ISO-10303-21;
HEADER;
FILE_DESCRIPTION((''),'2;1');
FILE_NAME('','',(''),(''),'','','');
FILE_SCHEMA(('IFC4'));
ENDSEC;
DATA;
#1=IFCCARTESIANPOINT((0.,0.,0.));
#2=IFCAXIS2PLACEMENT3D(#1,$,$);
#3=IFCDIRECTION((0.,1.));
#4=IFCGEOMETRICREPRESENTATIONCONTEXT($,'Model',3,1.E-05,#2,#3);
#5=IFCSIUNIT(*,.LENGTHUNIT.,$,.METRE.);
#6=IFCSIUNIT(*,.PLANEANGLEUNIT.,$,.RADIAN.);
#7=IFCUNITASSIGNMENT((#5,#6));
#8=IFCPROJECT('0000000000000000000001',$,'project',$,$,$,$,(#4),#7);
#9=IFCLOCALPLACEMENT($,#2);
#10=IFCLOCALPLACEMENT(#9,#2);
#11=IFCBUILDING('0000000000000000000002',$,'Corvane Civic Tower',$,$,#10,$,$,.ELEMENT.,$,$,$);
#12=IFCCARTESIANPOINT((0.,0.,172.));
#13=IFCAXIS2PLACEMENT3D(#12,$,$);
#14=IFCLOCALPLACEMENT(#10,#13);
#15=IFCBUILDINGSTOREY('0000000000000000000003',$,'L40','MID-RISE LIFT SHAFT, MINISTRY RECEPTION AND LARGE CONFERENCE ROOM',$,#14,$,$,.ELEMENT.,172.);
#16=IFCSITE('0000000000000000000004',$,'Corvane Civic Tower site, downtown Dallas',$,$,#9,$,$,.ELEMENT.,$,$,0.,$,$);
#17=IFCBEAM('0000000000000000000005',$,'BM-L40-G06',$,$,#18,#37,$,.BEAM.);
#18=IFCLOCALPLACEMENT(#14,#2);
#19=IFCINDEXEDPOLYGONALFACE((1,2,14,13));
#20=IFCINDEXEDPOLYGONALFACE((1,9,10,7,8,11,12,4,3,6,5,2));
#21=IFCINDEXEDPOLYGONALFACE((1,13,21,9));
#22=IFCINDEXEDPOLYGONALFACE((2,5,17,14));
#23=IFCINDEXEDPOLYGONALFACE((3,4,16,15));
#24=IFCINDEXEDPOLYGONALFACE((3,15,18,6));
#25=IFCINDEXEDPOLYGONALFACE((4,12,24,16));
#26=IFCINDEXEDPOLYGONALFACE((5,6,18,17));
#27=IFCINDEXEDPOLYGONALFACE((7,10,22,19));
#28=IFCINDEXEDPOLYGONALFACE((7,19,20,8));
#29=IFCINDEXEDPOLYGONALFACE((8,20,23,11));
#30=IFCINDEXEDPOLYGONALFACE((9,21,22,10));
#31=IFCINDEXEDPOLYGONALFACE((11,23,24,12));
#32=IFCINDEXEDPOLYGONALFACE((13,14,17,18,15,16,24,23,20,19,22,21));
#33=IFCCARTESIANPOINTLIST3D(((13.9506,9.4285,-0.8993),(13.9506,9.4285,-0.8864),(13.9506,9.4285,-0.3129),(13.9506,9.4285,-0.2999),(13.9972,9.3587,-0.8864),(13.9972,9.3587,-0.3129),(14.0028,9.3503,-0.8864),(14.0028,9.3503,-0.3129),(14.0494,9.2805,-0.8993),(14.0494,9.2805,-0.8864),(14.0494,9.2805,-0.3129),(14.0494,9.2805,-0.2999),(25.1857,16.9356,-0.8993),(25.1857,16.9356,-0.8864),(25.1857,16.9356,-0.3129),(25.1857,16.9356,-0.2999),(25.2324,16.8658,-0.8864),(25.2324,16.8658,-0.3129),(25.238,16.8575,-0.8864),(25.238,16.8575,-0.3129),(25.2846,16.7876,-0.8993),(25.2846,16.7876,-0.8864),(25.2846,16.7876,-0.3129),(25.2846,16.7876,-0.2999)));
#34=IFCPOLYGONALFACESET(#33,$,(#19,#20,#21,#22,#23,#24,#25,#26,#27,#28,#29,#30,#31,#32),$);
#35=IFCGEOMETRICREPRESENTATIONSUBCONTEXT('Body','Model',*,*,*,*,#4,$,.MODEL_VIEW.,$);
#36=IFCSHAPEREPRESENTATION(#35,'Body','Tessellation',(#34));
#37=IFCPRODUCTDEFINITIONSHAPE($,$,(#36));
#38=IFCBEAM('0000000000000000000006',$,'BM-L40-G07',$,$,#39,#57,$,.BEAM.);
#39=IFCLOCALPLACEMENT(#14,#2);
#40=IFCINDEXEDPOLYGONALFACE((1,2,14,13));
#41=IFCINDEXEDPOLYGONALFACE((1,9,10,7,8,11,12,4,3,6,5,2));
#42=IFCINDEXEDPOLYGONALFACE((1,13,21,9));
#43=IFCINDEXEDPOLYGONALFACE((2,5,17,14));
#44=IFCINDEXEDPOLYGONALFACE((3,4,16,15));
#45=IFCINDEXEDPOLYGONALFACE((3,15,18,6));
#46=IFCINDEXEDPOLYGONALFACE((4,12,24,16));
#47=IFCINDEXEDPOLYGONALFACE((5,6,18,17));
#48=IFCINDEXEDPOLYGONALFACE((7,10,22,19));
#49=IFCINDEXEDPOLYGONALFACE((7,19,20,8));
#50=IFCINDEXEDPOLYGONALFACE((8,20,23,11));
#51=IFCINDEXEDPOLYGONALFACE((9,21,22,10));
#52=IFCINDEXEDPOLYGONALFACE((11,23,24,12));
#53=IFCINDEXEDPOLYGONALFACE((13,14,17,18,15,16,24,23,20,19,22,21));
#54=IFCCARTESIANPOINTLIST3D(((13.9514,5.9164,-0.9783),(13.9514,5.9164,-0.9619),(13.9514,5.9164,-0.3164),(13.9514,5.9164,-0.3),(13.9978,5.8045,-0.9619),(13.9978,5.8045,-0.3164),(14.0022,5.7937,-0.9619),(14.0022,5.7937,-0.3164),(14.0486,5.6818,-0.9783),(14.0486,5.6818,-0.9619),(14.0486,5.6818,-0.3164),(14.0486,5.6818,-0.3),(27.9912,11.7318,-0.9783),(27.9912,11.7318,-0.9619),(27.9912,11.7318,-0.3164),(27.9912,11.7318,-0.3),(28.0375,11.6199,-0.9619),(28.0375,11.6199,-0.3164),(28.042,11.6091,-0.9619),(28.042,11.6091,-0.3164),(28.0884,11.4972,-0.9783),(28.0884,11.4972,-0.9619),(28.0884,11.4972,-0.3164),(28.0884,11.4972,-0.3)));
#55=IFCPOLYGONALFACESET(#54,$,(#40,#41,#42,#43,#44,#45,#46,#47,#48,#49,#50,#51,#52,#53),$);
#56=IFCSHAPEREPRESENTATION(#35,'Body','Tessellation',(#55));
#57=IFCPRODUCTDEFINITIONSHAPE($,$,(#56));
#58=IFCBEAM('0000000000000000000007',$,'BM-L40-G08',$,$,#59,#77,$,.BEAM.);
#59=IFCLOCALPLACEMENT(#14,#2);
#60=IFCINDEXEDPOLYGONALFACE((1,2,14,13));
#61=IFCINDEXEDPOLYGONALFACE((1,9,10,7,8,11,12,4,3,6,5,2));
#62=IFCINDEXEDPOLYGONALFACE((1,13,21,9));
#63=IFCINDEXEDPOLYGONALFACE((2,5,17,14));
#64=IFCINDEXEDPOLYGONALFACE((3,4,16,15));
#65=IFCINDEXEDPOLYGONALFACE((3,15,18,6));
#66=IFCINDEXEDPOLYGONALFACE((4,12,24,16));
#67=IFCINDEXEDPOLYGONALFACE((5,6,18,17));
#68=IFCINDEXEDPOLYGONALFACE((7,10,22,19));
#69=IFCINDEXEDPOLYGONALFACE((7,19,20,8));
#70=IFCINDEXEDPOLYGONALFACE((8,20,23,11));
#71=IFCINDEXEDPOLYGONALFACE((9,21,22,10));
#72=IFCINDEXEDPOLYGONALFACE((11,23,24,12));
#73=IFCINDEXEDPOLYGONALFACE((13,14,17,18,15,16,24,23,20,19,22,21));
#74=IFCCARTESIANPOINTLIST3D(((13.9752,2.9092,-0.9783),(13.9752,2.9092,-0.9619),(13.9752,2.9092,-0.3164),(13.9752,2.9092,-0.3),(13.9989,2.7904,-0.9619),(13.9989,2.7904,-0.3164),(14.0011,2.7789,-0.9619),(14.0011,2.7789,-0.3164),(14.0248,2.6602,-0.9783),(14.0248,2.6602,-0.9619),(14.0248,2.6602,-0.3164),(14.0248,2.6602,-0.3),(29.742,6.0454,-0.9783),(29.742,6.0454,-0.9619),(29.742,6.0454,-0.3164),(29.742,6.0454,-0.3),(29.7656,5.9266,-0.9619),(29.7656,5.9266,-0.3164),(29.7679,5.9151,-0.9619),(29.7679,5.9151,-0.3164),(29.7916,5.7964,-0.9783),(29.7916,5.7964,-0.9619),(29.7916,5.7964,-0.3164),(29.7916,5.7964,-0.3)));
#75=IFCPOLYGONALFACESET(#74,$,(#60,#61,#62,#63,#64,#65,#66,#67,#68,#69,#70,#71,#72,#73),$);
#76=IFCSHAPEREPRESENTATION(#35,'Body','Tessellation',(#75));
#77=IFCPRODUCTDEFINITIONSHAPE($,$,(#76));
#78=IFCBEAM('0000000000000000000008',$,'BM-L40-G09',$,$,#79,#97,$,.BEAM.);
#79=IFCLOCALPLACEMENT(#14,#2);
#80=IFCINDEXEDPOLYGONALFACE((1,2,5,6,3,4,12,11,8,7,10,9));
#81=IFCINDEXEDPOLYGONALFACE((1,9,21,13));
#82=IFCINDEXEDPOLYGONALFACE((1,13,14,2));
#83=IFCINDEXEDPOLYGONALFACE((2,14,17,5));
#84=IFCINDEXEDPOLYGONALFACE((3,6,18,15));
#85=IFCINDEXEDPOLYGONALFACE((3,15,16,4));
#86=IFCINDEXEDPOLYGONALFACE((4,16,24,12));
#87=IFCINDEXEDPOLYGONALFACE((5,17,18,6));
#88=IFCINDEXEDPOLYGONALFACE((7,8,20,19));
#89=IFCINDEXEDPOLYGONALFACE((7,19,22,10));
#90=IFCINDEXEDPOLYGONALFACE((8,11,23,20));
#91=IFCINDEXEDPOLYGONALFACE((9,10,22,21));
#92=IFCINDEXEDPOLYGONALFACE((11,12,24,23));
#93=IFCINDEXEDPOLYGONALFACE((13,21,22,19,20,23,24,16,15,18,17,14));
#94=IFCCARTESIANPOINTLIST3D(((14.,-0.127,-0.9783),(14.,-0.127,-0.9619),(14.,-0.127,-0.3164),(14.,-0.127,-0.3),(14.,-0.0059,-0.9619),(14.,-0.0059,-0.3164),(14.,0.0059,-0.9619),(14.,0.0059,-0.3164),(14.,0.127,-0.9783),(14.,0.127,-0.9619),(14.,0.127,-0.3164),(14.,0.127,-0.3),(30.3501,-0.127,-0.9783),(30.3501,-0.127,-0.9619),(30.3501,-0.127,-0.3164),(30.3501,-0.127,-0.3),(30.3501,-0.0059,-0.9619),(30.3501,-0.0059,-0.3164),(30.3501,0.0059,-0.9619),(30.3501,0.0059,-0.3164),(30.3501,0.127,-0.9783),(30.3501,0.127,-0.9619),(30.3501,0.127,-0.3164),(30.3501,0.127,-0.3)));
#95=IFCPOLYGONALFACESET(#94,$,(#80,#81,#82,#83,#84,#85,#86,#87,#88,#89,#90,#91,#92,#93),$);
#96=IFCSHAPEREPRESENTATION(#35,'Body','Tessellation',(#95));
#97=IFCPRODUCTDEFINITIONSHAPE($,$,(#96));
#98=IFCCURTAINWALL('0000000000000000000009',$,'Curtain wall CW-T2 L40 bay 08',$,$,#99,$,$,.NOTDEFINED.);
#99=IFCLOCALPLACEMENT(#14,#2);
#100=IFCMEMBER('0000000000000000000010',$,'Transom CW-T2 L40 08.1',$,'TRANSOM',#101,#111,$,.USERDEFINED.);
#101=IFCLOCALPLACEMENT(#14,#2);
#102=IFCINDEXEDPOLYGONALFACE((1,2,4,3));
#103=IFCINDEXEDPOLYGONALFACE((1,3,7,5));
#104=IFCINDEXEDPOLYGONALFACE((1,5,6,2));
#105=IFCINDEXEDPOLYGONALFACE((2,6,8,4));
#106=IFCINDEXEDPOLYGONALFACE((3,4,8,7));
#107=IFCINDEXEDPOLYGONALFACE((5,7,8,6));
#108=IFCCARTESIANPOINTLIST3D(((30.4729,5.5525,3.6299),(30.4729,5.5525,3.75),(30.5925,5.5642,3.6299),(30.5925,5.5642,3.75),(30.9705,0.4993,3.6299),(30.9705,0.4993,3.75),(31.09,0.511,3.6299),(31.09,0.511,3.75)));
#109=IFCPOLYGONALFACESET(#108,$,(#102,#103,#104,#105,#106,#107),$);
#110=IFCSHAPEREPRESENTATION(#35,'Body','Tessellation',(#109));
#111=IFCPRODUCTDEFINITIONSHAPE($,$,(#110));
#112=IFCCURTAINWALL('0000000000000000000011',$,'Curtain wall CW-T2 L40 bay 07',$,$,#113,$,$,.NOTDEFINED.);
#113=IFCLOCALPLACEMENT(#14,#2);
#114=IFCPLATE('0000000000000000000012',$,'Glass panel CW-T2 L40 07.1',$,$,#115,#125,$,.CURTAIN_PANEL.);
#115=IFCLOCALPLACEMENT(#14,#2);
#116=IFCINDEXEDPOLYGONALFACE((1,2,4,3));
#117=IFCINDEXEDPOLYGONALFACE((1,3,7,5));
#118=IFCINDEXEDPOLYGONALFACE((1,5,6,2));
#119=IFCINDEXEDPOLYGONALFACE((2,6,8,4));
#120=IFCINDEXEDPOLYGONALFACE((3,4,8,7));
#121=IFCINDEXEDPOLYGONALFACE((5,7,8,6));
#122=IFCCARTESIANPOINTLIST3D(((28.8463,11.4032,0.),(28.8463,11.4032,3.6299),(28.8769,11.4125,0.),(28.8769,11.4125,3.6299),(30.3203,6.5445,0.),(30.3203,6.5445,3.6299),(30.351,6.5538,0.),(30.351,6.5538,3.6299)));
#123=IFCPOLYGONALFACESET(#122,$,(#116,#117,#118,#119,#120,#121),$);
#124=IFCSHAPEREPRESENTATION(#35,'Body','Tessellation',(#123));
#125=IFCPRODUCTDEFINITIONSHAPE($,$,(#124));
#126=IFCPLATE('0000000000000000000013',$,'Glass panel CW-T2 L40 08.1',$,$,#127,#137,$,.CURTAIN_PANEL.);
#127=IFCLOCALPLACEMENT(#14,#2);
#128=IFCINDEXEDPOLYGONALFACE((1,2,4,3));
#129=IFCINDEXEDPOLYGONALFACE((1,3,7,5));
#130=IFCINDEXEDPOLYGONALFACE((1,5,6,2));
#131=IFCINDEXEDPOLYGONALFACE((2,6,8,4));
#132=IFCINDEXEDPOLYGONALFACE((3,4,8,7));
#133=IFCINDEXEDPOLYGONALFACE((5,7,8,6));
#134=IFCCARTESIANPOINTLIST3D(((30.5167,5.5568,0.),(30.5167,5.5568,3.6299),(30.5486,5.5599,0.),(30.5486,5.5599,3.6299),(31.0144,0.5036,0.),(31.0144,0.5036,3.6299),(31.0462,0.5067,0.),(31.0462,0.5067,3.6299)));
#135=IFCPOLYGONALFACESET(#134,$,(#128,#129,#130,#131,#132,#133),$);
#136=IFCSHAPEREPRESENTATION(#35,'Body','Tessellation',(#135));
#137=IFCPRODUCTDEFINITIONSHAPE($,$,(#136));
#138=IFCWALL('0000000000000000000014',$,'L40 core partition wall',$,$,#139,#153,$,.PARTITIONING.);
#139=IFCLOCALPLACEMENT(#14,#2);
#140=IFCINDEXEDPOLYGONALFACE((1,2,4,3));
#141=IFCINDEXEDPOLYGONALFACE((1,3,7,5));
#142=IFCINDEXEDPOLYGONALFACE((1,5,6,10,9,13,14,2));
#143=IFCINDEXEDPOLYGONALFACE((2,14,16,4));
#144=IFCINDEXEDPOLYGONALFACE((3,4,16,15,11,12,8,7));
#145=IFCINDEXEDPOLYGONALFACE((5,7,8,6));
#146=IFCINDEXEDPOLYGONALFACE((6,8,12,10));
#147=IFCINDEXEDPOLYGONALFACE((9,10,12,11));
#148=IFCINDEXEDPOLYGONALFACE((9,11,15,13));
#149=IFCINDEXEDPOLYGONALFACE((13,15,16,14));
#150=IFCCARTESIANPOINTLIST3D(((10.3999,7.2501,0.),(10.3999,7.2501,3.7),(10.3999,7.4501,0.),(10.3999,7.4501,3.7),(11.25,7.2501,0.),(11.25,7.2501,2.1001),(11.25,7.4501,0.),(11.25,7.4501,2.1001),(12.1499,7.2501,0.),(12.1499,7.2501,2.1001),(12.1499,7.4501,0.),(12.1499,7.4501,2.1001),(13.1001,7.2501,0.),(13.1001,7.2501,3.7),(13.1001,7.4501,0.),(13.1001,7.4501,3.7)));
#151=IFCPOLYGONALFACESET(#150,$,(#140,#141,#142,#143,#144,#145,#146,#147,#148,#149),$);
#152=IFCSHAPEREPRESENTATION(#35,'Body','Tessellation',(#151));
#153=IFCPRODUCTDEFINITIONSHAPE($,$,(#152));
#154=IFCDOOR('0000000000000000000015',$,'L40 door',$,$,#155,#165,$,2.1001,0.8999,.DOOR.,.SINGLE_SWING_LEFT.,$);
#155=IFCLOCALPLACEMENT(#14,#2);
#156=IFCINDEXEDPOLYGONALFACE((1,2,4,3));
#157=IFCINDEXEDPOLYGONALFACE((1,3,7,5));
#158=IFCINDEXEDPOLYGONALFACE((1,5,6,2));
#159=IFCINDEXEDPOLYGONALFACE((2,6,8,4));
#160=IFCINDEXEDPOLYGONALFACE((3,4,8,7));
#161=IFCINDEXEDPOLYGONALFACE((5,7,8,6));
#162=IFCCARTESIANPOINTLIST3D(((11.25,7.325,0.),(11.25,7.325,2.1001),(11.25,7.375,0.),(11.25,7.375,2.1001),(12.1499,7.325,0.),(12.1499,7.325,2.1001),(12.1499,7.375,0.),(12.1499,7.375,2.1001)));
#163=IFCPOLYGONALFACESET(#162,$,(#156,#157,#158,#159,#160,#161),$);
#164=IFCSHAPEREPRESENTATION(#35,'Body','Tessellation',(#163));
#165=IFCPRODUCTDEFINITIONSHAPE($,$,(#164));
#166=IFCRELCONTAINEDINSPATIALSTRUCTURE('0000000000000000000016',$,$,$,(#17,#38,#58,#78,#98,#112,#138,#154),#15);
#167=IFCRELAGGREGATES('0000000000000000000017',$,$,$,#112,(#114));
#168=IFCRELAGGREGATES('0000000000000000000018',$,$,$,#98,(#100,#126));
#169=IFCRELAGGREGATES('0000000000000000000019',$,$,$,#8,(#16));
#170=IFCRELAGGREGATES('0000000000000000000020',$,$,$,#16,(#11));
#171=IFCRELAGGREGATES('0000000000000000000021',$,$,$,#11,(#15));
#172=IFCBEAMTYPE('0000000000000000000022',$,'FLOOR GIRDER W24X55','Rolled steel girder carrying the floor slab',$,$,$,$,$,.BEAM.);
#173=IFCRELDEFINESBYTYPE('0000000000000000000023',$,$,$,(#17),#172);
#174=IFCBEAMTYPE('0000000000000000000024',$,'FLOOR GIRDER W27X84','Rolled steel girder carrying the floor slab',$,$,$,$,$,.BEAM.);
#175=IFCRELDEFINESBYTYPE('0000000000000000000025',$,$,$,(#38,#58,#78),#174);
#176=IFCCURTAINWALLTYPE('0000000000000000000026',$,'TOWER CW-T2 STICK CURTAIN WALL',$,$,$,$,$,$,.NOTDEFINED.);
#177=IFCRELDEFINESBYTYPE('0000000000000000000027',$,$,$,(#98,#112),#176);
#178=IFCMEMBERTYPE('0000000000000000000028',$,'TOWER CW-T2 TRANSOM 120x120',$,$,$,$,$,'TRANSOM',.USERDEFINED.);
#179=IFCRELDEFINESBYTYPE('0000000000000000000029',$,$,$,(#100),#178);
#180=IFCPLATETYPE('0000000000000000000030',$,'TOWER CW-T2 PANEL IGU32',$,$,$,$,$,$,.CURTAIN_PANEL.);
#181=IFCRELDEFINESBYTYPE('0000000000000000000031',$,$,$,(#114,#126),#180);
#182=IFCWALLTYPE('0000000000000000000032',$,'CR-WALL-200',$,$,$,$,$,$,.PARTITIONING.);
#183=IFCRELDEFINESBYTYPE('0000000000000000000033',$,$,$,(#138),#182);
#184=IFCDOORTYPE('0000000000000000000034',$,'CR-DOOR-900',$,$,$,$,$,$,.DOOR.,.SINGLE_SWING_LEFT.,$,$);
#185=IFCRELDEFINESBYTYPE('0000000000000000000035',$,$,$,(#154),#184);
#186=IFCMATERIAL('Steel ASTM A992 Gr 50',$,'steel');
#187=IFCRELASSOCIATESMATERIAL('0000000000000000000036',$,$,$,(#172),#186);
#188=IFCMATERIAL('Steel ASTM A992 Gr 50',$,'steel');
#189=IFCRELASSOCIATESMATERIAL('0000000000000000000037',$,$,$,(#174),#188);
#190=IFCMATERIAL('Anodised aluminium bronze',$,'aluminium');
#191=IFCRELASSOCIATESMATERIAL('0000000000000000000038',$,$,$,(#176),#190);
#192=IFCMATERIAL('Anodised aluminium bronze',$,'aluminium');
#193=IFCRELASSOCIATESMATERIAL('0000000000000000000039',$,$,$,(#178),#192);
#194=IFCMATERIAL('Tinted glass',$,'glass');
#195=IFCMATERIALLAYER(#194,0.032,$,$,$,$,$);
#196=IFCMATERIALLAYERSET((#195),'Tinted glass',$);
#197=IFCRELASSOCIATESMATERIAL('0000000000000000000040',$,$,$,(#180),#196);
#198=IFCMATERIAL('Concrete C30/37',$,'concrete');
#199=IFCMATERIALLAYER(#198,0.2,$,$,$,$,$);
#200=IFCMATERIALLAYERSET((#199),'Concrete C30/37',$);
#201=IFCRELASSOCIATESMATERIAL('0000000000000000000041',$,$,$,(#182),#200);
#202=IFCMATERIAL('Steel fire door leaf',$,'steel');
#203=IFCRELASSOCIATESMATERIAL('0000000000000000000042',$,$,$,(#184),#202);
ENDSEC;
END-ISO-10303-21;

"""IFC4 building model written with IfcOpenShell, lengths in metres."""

from ifc_helpers import new_model, si_unit, direction, frame, frame_2d, origin, origin_2d, place, context, subcontext, project, spatial, rectangle, i_section, extrude, material, layer, layer_set, material_profile, profile_set, type_object, element, fill, aggregate, save


model = new_model("IFC4")

# Units and contexts
model_context = context("Model", 3, precision=1e-05, world=origin(), true_north=direction((0.0, 1.0)))
body_context = subcontext(model_context, "Body", "Model", "MODEL_VIEW")
ifc_project = project(units=[si_unit("LENGTHUNIT", "METRE"), si_unit("PLANEANGLEUNIT", "RADIAN")], contexts=[model_context])

# Site, building, storey
site_placement = place(None, origin())
site = spatial("IfcSite", under=ifc_project, at=site_placement, Name="Corvane Civic Tower site, downtown Dallas", CompositionType="ELEMENT", RefElevation=0.0)
building_placement = place(site_placement, origin())
building = spatial("IfcBuilding", under=site, at=building_placement, Name="Corvane Civic Tower", CompositionType="ELEMENT")
storey_placement = place(building_placement, frame((0.0, 0.0, 172.0)))
storey = spatial("IfcBuildingStorey", under=building, at=storey_placement, Name="L40", Description="MID-RISE LIFT SHAFT, MINISTRY RECEPTION AND LARGE CONFERENCE ROOM", CompositionType="ELEMENT", Elevation=172.0)

# Beams
ifc_material_1 = material(Name="Steel ASTM A992 Gr 50", Category="steel")
ifc_material_profile_1 = material_profile(ifc_material_1, i_section(OverallWidth=0.178, OverallDepth=0.5994, WebThickness=0.01, FlangeThickness=0.0129, at=origin_2d()), Name="W24X55")
ifc_profile_set_1 = profile_set([ifc_material_profile_1], Name="Steel ASTM A992 Gr 50")
beam_type_1 = type_object("IfcBeamType", Name="FLOOR GIRDER W24X55", Description="Rolled steel girder carrying the floor slab", PredefinedType="BEAM", material=ifc_profile_set_1)
beam_1_placement = place(storey_placement, frame((14.0, 9.3545, -0.5996), z_axis=(0.831469, 0.555571, 0.0), x_axis=(-0.555571, 0.831469, 0.0)))
element("IfcBeam", 1, at=beam_1_placement, inside=storey, type_object=beam_type_1, Name="BM-L40-G06", PredefinedType="BEAM", context=body_context, shape_type="SweptSolid", body=[
    extrude(i_section(OverallWidth=0.178, OverallDepth=0.5994, WebThickness=0.01, FlangeThickness=0.0129, at=origin_2d()), origin(), (0.0, 0.0, 1.0), 13.5125),
])
ifc_material_2 = material(Name="Steel ASTM A992 Gr 50", Category="steel")
ifc_material_profile_2 = material_profile(ifc_material_2, i_section(OverallWidth=0.2539, OverallDepth=0.6782, WebThickness=0.0117, FlangeThickness=0.0164, at=origin_2d()), Name="W27X84")
ifc_profile_set_2 = profile_set([ifc_material_profile_2], Name="Steel ASTM A992 Gr 50")
beam_type_2 = type_object("IfcBeamType", Name="FLOOR GIRDER W27X84", Description="Rolled steel girder carrying the floor slab", PredefinedType="BEAM", material=ifc_profile_set_2)
beam_2_placement = place(storey_placement, frame((14.0, 5.7991, -0.6392), z_axis=(0.923881, 0.382681, 0.0), x_axis=(-0.382681, 0.923881, 0.0)))
element("IfcBeam", 2, at=beam_2_placement, inside=storey, type_object=beam_type_2, Name="BM-L40-G07", PredefinedType="BEAM", context=body_context, shape_type="SweptSolid", body=[
    extrude(i_section(OverallWidth=0.2539, OverallDepth=0.6782, WebThickness=0.0117, FlangeThickness=0.0164, at=origin_2d()), origin(), (0.0, 0.0, 1.0), 15.1965),
])
beam_3_placement = place(storey_placement, frame((14.0, 2.7847, -0.6392), z_axis=(0.980785, 0.195091, 0.0), x_axis=(-0.195091, 0.980785, 0.0)))
element("IfcBeam", 3, at=beam_3_placement, inside=storey, type_object=beam_type_2, Name="BM-L40-G08", PredefinedType="BEAM", context=body_context, shape_type="SweptSolid", body=[
    extrude(i_section(OverallWidth=0.2539, OverallDepth=0.6782, WebThickness=0.0117, FlangeThickness=0.0164, at=origin_2d()), origin(), (0.0, 0.0, 1.0), 16.0757),
])
beam_4_placement = place(storey_placement, frame((14.0, 0.0, -0.6392), z_axis=(1.0, 0.0, 0.0), x_axis=(0.0, 1.0, 0.0)))
element("IfcBeam", 4, at=beam_4_placement, inside=storey, type_object=beam_type_2, Name="BM-L40-G09", PredefinedType="BEAM", context=body_context, shape_type="SweptSolid", body=[
    extrude(i_section(OverallWidth=0.2539, OverallDepth=0.6782, WebThickness=0.0117, FlangeThickness=0.0164, at=origin_2d()), origin(), (0.0, 0.0, 1.0), 16.3501),
])

# Curtain wall, member
ifc_material_3 = material(Name="Anodised aluminium bronze", Category="aluminium")
curtain_wall_type = type_object("IfcCurtainWallType", Name="TOWER CW-T2 STICK CURTAIN WALL", PredefinedType="NOTDEFINED", material=ifc_material_3)
curtain_wall_1_placement = place(storey_placement, origin())
curtain_wall_1 = element("IfcCurtainWall", 5, at=curtain_wall_1_placement, inside=storey, type_object=curtain_wall_type, Name="Curtain wall CW-T2 L40 bay 08", PredefinedType="NOTDEFINED")
ifc_material_4 = material(Name="Anodised aluminium bronze", Category="aluminium")
ifc_material_profile_3 = material_profile(ifc_material_4, rectangle(XDim=0.1201, YDim=0.1201, at=origin_2d()), Name="TOWER CW-T2 TRANSOM 120x120")
ifc_profile_set_3 = profile_set([ifc_material_profile_3], Name="Anodised aluminium bronze")
member_type = type_object("IfcMemberType", Name="TOWER CW-T2 TRANSOM 120x120", ElementType="TRANSOM", PredefinedType="USERDEFINED", material=ifc_profile_set_3)
member_placement = place(storey_placement, frame((30.5327, 5.5583, 3.6899), z_axis=(0.09799, -0.995187, 0.0), x_axis=(0.995187, 0.09799, 0.0)))
member = element("IfcMember", 6, at=member_placement, type_object=member_type, Name="Transom CW-T2 L40 08.1", ObjectType="TRANSOM", PredefinedType="USERDEFINED", context=body_context, shape_type="SweptSolid", body=[
    extrude(rectangle(XDim=0.1201, YDim=0.1201, at=origin_2d()), origin(), (0.0, 0.0, 1.0), 5.0776),
])

# Curtain wall, plate
curtain_wall_2_placement = place(storey_placement, origin())
curtain_wall_2 = element("IfcCurtainWall", 7, at=curtain_wall_2_placement, inside=storey, type_object=curtain_wall_type, Name="Curtain wall CW-T2 L40 bay 07", PredefinedType="NOTDEFINED")
ifc_material_5 = material(Name="Tinted glass", Category="glass")
ifc_layer_1 = layer(ifc_material_5, 0.032)
ifc_layer_set_1 = layer_set([ifc_layer_1], Name="Tinted glass")
plate_type = type_object("IfcPlateType", Name="TOWER CW-T2 PANEL IGU32", PredefinedType="CURTAIN_PANEL", material=ifc_layer_set_1)
plate_1_placement = place(storey_placement, frame((29.5986, 8.9785, 0.0), z_axis=(0.0, 0.0, 1.0), x_axis=(0.290313, -0.956932, 0.0)))
plate_1 = element("IfcPlate", 8, at=plate_1_placement, type_object=plate_type, Name="Glass panel CW-T2 L40 07.1", PredefinedType="CURTAIN_PANEL", context=body_context, shape_type="SweptSolid", body=[
    extrude(rectangle(XDim=5.0774, YDim=0.032, at=origin_2d()), origin(), (0.0, 0.0, 1.0), 3.6299),
])
aggregate(curtain_wall_2, [plate_1])

# Plate
plate_2_placement = place(storey_placement, frame((30.7815, 3.0317, 0.0), z_axis=(0.0, 0.0, 1.0), x_axis=(0.098012, -0.995185, 0.0)))
plate_2 = element("IfcPlate", 9, at=plate_2_placement, type_object=plate_type, Name="Glass panel CW-T2 L40 08.1", PredefinedType="CURTAIN_PANEL", context=body_context, shape_type="SweptSolid", body=[
    extrude(rectangle(XDim=5.0776, YDim=0.032, at=origin_2d()), origin(), (0.0, 0.0, 1.0), 3.6299),
])
aggregate(curtain_wall_1, [member, plate_2])

# Wall, opening, door
ifc_material_6 = material(Name="Concrete C30/37", Category="concrete")
ifc_layer_2 = layer(ifc_material_6, 0.2)
ifc_layer_set_2 = layer_set([ifc_layer_2], Name="Concrete C30/37")
wall_type_1 = type_object("IfcWallType", Name="CR-WALL-200", PredefinedType="PARTITIONING", material=ifc_layer_set_2)
wall_1_placement = place(storey_placement, frame((10.3999, 7.3501, 0.0), z_axis=(0.0, 0.0, 1.0), x_axis=(1.0, 0.0, 0.0)))
wall_1 = element("IfcWall", 10, at=wall_1_placement, inside=storey, type_object=wall_type_1, Name="L40 core partition wall", PredefinedType="PARTITIONING", context=body_context, shape_type="SweptSolid", body=[
    extrude(rectangle(XDim=2.7002, YDim=0.2, at=frame_2d((1.3501, 0.0))), origin(), (0.0, 0.0, 1.0), 3.7),
])
opening_1_placement = place(wall_1_placement, frame((0.8501, 0.0, 0.0)))
opening_1 = element("IfcOpeningElement", 11, at=opening_1_placement, cuts=wall_1, PredefinedType="OPENING", context=body_context, shape_type="SweptSolid", body=[
    extrude(rectangle(XDim=0.8999, YDim=2.1001, at=frame_2d((0.45, 1.05))), frame((0.0, 0.1099, 0.0), z_axis=(0.0, -1.0, 0.0), x_axis=(1.0, 0.0, 0.0)), (0.0, 0.0, 1.0), 0.22),
])
ifc_material_7 = material(Name="Steel fire door leaf", Category="steel")
door_type_1 = type_object("IfcDoorType", Name="CR-DOOR-900", OperationType="SINGLE_SWING_LEFT", PredefinedType="DOOR", material=ifc_material_7)
door_1_placement = place(opening_1_placement, origin())
door_1 = element("IfcDoor", 12, at=door_1_placement, inside=storey, type_object=door_type_1, Name="L40 door", OperationType="SINGLE_SWING_LEFT", OverallHeight=2.1001, OverallWidth=0.8999, PredefinedType="DOOR", context=body_context, shape_type="SweptSolid", body=[
    extrude(rectangle(XDim=0.8999, YDim=2.1001, at=frame_2d((0.45, 1.05))), frame((0.0, 0.0249, 0.0), z_axis=(0.0, -1.0, 0.0), x_axis=(1.0, 0.0, 0.0)), (0.0, 0.0, 1.0), 0.05),
])
fill(opening_1, door_1)

save(model, "model.ifc")
